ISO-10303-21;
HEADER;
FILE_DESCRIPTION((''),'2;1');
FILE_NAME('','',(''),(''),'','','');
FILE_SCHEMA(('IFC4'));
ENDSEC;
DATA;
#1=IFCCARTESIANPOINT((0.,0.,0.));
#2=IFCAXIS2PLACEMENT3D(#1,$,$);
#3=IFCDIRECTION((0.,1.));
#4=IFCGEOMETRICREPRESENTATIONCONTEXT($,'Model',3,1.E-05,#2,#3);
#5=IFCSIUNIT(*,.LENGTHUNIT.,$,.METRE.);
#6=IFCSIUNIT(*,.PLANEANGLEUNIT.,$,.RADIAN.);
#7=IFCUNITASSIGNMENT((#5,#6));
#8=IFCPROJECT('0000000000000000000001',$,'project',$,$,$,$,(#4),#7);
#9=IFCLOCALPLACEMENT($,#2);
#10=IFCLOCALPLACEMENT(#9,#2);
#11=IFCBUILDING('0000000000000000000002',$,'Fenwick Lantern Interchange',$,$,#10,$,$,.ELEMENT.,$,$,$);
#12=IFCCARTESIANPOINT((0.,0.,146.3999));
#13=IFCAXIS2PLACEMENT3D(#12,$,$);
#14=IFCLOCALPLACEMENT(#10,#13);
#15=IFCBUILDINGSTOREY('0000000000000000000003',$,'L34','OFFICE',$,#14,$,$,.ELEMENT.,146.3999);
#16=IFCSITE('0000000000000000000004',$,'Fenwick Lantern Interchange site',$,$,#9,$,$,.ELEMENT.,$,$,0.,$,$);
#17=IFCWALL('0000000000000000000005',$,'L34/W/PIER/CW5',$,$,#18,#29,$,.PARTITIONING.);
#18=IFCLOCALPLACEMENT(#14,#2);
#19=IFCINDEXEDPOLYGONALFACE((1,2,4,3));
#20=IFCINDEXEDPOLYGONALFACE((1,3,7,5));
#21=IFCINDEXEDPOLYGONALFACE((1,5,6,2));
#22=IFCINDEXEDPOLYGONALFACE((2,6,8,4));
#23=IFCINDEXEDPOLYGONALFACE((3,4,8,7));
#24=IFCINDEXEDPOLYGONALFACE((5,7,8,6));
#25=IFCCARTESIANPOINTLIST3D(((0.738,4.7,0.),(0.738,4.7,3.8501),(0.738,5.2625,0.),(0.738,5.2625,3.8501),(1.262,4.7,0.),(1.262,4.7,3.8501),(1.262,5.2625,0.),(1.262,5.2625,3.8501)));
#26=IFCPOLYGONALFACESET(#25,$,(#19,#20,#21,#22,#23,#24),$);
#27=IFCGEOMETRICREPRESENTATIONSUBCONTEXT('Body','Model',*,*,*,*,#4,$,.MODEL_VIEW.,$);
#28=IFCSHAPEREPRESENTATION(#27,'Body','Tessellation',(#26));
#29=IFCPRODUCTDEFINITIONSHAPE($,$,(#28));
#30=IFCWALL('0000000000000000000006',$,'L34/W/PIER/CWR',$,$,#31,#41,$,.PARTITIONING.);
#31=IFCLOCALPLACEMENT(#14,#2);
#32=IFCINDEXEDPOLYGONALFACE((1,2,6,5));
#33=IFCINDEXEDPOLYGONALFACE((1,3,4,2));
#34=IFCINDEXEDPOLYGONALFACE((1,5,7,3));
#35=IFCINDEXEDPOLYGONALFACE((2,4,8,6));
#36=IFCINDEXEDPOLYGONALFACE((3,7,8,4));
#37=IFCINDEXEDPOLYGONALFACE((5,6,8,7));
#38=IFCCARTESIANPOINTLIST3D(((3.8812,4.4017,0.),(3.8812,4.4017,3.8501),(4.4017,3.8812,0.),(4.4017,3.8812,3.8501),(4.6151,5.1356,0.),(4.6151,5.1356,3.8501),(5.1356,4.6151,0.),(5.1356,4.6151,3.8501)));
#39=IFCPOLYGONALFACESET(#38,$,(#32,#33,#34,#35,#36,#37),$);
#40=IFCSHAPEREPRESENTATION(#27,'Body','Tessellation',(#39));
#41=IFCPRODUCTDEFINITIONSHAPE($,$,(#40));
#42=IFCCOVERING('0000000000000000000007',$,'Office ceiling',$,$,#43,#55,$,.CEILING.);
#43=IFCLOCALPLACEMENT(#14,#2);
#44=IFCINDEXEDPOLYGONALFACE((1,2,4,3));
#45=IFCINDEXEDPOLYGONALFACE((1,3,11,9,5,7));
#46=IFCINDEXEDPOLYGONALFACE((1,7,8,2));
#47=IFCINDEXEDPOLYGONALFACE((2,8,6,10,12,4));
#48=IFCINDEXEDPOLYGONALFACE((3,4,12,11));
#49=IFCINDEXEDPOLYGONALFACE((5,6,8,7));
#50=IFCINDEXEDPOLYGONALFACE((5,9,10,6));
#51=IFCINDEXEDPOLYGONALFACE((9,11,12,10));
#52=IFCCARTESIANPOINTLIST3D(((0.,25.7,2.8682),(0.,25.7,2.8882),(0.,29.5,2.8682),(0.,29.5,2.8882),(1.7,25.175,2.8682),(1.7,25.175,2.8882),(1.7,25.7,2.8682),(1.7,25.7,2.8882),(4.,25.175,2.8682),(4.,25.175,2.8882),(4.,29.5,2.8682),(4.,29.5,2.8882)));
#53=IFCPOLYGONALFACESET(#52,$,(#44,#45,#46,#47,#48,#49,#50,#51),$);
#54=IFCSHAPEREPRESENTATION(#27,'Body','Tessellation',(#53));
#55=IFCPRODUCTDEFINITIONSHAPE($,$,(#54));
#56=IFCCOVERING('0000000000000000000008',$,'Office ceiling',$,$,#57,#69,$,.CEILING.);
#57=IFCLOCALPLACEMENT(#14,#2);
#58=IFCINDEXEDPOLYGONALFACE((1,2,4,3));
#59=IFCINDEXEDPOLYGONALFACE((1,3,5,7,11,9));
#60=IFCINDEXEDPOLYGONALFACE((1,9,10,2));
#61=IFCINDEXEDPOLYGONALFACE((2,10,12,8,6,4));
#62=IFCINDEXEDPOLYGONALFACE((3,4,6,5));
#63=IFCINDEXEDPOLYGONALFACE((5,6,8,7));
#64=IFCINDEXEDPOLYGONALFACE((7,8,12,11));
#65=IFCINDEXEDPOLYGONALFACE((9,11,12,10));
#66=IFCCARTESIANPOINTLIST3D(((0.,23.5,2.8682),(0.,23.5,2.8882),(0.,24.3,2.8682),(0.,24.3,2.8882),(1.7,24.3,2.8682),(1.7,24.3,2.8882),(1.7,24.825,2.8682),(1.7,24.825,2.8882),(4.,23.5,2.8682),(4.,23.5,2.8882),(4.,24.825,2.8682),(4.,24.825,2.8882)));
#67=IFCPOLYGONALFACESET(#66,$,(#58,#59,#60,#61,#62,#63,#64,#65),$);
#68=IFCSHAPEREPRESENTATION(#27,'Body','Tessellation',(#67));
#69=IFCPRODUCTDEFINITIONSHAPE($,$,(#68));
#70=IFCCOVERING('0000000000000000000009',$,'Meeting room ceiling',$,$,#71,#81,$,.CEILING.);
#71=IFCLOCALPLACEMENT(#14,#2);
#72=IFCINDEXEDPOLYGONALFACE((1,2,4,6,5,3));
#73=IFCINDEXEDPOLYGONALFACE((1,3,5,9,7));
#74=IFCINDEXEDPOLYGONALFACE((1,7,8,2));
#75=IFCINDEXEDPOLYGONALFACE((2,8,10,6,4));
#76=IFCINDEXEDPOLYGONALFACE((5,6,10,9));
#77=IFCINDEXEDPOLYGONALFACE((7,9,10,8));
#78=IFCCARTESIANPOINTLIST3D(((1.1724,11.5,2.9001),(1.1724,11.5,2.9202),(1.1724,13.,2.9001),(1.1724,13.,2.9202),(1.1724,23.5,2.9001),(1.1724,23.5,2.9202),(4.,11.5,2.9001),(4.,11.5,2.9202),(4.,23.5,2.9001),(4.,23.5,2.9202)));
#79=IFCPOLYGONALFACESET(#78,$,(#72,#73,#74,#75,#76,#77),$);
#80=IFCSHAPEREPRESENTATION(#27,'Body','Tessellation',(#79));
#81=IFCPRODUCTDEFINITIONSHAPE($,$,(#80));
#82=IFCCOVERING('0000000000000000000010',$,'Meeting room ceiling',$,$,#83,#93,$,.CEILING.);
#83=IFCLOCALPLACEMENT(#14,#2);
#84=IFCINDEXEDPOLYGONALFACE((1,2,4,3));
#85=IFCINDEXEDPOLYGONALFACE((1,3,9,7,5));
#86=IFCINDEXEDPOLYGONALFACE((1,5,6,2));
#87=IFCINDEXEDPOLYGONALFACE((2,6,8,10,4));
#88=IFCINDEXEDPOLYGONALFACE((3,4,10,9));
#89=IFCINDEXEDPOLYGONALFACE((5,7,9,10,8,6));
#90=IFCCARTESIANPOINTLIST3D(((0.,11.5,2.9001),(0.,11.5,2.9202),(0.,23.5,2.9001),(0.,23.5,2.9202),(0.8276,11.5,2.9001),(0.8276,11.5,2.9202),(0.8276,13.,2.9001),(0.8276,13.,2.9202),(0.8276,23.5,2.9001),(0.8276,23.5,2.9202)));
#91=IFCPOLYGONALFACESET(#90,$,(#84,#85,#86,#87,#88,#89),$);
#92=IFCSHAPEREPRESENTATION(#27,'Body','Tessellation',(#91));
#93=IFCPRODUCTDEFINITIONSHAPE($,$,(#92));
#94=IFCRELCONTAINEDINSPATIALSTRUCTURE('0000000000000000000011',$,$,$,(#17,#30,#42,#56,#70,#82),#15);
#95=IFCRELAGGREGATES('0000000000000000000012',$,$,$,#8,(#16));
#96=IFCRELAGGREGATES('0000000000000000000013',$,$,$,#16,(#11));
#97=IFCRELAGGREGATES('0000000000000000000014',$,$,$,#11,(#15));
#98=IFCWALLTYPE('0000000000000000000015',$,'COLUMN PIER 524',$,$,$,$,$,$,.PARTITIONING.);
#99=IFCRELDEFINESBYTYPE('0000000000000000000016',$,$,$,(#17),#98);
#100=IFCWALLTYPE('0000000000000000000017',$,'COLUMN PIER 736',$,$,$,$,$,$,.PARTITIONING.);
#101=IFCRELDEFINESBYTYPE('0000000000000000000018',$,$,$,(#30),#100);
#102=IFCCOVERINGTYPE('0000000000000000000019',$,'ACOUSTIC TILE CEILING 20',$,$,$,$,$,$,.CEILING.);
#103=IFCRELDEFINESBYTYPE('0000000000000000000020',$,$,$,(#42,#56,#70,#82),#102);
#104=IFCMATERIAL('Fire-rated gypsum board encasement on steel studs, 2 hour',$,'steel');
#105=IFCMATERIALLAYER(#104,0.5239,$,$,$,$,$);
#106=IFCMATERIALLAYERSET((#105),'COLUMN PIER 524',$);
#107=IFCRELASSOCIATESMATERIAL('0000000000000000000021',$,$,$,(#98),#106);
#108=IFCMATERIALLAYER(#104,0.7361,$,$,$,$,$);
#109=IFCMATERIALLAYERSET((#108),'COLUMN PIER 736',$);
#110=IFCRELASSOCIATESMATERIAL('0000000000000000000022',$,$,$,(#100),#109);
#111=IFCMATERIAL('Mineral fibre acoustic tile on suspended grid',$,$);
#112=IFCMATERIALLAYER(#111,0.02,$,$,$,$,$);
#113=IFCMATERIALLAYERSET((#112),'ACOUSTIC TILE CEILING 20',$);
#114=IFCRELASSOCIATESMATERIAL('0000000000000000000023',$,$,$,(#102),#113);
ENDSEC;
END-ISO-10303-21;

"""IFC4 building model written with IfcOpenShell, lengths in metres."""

from ifc_helpers import new_model, si_unit, direction, frame, frame_2d, origin, place, context, subcontext, project, spatial, polyline, rectangle, outline, extrude, material, layer, layer_set, type_object, element, save


model = new_model("IFC4")

# Units and contexts
model_context = context("Model", 3, precision=1e-05, world=origin(), true_north=direction((0.0, 1.0)))
body_context = subcontext(model_context, "Body", "Model", "MODEL_VIEW")
ifc_project = project(units=[si_unit("LENGTHUNIT", "METRE"), si_unit("PLANEANGLEUNIT", "RADIAN")], contexts=[model_context])

# Site, building, storey
site_placement = place(None, origin())
site = spatial("IfcSite", under=ifc_project, at=site_placement, Name="Fenwick Lantern Interchange site", CompositionType="ELEMENT", RefElevation=0.0)
building_placement = place(site_placement, origin())
building = spatial("IfcBuilding", under=site, at=building_placement, Name="Fenwick Lantern Interchange", CompositionType="ELEMENT")
storey_placement = place(building_placement, frame((0.0, 0.0, 146.3999)))
storey = spatial("IfcBuildingStorey", under=building, at=storey_placement, Name="L34", Description="OFFICE", CompositionType="ELEMENT", Elevation=146.3999)

# Walls
ifc_material_1 = material(Name="Fire-rated gypsum board encasement on steel studs, 2 hour", Category="steel")
ifc_layer_1 = layer(ifc_material_1, 0.5239)
ifc_layer_set_1 = layer_set([ifc_layer_1], Name="COLUMN PIER 524")
wall_type_1 = type_object("IfcWallType", Name="COLUMN PIER 524", PredefinedType="PARTITIONING", material=ifc_layer_set_1)
wall_1_placement = place(storey_placement, frame((1.0, 4.7, 0.0), z_axis=(0.0, 0.0, 1.0), x_axis=(0.0, 1.0, 0.0)))
element("IfcWall", 1, at=wall_1_placement, inside=storey, type_object=wall_type_1, Name="L34/W/PIER/CW5", PredefinedType="PARTITIONING", context=body_context, shape_type="SweptSolid", body=[
    extrude(rectangle(XDim=0.5625, YDim=0.5239, at=frame_2d((0.2812, 0.0))), origin(), (0.0, 0.0, 1.0), 3.8501),
])
ifc_layer_2 = layer(ifc_material_1, 0.7361)
ifc_layer_set_2 = layer_set([ifc_layer_2], Name="COLUMN PIER 736")
wall_type_2 = type_object("IfcWallType", Name="COLUMN PIER 736", PredefinedType="PARTITIONING", material=ifc_layer_set_2)
wall_2_placement = place(storey_placement, frame((4.1414, 4.1414, 0.0), z_axis=(0.0, 0.0, 1.0), x_axis=(0.707107, 0.707107, 0.0)))
element("IfcWall", 2, at=wall_2_placement, inside=storey, type_object=wall_type_2, Name="L34/W/PIER/CWR", PredefinedType="PARTITIONING", context=body_context, shape_type="SweptSolid", body=[
    extrude(rectangle(XDim=1.0378, YDim=0.7361, at=frame_2d((0.519, 0.0))), origin(), (0.0, 0.0, 1.0), 3.8501),
])

# Coverings
ifc_material_2 = material(Name="Mineral fibre acoustic tile on suspended grid")
ifc_layer_3 = layer(ifc_material_2, 0.02)
ifc_layer_set_3 = layer_set([ifc_layer_3], Name="ACOUSTIC TILE CEILING 20")
covering_type_1 = type_object("IfcCoveringType", Name="ACOUSTIC TILE CEILING 20", PredefinedType="CEILING", material=ifc_layer_set_3)
covering_1_placement = place(storey_placement, frame((0.0, 0.0, 2.8682)))
element("IfcCovering", 3, at=covering_1_placement, inside=storey, type_object=covering_type_1, Name="Office ceiling", PredefinedType="CEILING", context=body_context, shape_type="SweptSolid", body=[
    extrude(outline(polyline([(4.0, 29.5), (0.0, 29.5), (0.0, 25.7), (1.7, 25.7), (1.7, 25.175), (4.0, 25.175), (4.0, 29.5)])), origin(), (0.0, 0.0, 1.0), 0.02),
])
covering_2_placement = place(storey_placement, frame((0.0, 0.0, 2.8682)))
element("IfcCovering", 4, at=covering_2_placement, inside=storey, type_object=covering_type_1, Name="Office ceiling", PredefinedType="CEILING", context=body_context, shape_type="SweptSolid", body=[
    extrude(outline(polyline([(4.0, 23.5), (4.0, 24.825), (1.7, 24.825), (1.7, 24.3), (0.0, 24.3), (0.0, 23.5), (4.0, 23.5)])), origin(), (0.0, 0.0, 1.0), 0.02),
])
covering_3_placement = place(storey_placement, frame((0.0, 0.0, 2.9001)))
element("IfcCovering", 5, at=covering_3_placement, inside=storey, type_object=covering_type_1, Name="Meeting room ceiling", PredefinedType="CEILING", context=body_context, shape_type="SweptSolid", body=[
    extrude(outline(polyline([(4.0, 23.5), (1.1724, 23.5), (1.1724, 13.0), (1.1724, 11.5), (4.0, 11.5), (4.0, 23.5)])), origin(), (0.0, 0.0, 1.0), 0.02),
])
covering_4_placement = place(storey_placement, frame((0.0, 0.0, 2.9001)))
element("IfcCovering", 6, at=covering_4_placement, inside=storey, type_object=covering_type_1, Name="Meeting room ceiling", PredefinedType="CEILING", context=body_context, shape_type="SweptSolid", body=[
    extrude(outline(polyline([(0.8276, 23.5), (0.0, 23.5), (0.0, 11.5), (0.8276, 11.5), (0.8276, 13.0), (0.8276, 23.5)])), origin(), (0.0, 0.0, 1.0), 0.02),
])

save(model, "model.ifc")
